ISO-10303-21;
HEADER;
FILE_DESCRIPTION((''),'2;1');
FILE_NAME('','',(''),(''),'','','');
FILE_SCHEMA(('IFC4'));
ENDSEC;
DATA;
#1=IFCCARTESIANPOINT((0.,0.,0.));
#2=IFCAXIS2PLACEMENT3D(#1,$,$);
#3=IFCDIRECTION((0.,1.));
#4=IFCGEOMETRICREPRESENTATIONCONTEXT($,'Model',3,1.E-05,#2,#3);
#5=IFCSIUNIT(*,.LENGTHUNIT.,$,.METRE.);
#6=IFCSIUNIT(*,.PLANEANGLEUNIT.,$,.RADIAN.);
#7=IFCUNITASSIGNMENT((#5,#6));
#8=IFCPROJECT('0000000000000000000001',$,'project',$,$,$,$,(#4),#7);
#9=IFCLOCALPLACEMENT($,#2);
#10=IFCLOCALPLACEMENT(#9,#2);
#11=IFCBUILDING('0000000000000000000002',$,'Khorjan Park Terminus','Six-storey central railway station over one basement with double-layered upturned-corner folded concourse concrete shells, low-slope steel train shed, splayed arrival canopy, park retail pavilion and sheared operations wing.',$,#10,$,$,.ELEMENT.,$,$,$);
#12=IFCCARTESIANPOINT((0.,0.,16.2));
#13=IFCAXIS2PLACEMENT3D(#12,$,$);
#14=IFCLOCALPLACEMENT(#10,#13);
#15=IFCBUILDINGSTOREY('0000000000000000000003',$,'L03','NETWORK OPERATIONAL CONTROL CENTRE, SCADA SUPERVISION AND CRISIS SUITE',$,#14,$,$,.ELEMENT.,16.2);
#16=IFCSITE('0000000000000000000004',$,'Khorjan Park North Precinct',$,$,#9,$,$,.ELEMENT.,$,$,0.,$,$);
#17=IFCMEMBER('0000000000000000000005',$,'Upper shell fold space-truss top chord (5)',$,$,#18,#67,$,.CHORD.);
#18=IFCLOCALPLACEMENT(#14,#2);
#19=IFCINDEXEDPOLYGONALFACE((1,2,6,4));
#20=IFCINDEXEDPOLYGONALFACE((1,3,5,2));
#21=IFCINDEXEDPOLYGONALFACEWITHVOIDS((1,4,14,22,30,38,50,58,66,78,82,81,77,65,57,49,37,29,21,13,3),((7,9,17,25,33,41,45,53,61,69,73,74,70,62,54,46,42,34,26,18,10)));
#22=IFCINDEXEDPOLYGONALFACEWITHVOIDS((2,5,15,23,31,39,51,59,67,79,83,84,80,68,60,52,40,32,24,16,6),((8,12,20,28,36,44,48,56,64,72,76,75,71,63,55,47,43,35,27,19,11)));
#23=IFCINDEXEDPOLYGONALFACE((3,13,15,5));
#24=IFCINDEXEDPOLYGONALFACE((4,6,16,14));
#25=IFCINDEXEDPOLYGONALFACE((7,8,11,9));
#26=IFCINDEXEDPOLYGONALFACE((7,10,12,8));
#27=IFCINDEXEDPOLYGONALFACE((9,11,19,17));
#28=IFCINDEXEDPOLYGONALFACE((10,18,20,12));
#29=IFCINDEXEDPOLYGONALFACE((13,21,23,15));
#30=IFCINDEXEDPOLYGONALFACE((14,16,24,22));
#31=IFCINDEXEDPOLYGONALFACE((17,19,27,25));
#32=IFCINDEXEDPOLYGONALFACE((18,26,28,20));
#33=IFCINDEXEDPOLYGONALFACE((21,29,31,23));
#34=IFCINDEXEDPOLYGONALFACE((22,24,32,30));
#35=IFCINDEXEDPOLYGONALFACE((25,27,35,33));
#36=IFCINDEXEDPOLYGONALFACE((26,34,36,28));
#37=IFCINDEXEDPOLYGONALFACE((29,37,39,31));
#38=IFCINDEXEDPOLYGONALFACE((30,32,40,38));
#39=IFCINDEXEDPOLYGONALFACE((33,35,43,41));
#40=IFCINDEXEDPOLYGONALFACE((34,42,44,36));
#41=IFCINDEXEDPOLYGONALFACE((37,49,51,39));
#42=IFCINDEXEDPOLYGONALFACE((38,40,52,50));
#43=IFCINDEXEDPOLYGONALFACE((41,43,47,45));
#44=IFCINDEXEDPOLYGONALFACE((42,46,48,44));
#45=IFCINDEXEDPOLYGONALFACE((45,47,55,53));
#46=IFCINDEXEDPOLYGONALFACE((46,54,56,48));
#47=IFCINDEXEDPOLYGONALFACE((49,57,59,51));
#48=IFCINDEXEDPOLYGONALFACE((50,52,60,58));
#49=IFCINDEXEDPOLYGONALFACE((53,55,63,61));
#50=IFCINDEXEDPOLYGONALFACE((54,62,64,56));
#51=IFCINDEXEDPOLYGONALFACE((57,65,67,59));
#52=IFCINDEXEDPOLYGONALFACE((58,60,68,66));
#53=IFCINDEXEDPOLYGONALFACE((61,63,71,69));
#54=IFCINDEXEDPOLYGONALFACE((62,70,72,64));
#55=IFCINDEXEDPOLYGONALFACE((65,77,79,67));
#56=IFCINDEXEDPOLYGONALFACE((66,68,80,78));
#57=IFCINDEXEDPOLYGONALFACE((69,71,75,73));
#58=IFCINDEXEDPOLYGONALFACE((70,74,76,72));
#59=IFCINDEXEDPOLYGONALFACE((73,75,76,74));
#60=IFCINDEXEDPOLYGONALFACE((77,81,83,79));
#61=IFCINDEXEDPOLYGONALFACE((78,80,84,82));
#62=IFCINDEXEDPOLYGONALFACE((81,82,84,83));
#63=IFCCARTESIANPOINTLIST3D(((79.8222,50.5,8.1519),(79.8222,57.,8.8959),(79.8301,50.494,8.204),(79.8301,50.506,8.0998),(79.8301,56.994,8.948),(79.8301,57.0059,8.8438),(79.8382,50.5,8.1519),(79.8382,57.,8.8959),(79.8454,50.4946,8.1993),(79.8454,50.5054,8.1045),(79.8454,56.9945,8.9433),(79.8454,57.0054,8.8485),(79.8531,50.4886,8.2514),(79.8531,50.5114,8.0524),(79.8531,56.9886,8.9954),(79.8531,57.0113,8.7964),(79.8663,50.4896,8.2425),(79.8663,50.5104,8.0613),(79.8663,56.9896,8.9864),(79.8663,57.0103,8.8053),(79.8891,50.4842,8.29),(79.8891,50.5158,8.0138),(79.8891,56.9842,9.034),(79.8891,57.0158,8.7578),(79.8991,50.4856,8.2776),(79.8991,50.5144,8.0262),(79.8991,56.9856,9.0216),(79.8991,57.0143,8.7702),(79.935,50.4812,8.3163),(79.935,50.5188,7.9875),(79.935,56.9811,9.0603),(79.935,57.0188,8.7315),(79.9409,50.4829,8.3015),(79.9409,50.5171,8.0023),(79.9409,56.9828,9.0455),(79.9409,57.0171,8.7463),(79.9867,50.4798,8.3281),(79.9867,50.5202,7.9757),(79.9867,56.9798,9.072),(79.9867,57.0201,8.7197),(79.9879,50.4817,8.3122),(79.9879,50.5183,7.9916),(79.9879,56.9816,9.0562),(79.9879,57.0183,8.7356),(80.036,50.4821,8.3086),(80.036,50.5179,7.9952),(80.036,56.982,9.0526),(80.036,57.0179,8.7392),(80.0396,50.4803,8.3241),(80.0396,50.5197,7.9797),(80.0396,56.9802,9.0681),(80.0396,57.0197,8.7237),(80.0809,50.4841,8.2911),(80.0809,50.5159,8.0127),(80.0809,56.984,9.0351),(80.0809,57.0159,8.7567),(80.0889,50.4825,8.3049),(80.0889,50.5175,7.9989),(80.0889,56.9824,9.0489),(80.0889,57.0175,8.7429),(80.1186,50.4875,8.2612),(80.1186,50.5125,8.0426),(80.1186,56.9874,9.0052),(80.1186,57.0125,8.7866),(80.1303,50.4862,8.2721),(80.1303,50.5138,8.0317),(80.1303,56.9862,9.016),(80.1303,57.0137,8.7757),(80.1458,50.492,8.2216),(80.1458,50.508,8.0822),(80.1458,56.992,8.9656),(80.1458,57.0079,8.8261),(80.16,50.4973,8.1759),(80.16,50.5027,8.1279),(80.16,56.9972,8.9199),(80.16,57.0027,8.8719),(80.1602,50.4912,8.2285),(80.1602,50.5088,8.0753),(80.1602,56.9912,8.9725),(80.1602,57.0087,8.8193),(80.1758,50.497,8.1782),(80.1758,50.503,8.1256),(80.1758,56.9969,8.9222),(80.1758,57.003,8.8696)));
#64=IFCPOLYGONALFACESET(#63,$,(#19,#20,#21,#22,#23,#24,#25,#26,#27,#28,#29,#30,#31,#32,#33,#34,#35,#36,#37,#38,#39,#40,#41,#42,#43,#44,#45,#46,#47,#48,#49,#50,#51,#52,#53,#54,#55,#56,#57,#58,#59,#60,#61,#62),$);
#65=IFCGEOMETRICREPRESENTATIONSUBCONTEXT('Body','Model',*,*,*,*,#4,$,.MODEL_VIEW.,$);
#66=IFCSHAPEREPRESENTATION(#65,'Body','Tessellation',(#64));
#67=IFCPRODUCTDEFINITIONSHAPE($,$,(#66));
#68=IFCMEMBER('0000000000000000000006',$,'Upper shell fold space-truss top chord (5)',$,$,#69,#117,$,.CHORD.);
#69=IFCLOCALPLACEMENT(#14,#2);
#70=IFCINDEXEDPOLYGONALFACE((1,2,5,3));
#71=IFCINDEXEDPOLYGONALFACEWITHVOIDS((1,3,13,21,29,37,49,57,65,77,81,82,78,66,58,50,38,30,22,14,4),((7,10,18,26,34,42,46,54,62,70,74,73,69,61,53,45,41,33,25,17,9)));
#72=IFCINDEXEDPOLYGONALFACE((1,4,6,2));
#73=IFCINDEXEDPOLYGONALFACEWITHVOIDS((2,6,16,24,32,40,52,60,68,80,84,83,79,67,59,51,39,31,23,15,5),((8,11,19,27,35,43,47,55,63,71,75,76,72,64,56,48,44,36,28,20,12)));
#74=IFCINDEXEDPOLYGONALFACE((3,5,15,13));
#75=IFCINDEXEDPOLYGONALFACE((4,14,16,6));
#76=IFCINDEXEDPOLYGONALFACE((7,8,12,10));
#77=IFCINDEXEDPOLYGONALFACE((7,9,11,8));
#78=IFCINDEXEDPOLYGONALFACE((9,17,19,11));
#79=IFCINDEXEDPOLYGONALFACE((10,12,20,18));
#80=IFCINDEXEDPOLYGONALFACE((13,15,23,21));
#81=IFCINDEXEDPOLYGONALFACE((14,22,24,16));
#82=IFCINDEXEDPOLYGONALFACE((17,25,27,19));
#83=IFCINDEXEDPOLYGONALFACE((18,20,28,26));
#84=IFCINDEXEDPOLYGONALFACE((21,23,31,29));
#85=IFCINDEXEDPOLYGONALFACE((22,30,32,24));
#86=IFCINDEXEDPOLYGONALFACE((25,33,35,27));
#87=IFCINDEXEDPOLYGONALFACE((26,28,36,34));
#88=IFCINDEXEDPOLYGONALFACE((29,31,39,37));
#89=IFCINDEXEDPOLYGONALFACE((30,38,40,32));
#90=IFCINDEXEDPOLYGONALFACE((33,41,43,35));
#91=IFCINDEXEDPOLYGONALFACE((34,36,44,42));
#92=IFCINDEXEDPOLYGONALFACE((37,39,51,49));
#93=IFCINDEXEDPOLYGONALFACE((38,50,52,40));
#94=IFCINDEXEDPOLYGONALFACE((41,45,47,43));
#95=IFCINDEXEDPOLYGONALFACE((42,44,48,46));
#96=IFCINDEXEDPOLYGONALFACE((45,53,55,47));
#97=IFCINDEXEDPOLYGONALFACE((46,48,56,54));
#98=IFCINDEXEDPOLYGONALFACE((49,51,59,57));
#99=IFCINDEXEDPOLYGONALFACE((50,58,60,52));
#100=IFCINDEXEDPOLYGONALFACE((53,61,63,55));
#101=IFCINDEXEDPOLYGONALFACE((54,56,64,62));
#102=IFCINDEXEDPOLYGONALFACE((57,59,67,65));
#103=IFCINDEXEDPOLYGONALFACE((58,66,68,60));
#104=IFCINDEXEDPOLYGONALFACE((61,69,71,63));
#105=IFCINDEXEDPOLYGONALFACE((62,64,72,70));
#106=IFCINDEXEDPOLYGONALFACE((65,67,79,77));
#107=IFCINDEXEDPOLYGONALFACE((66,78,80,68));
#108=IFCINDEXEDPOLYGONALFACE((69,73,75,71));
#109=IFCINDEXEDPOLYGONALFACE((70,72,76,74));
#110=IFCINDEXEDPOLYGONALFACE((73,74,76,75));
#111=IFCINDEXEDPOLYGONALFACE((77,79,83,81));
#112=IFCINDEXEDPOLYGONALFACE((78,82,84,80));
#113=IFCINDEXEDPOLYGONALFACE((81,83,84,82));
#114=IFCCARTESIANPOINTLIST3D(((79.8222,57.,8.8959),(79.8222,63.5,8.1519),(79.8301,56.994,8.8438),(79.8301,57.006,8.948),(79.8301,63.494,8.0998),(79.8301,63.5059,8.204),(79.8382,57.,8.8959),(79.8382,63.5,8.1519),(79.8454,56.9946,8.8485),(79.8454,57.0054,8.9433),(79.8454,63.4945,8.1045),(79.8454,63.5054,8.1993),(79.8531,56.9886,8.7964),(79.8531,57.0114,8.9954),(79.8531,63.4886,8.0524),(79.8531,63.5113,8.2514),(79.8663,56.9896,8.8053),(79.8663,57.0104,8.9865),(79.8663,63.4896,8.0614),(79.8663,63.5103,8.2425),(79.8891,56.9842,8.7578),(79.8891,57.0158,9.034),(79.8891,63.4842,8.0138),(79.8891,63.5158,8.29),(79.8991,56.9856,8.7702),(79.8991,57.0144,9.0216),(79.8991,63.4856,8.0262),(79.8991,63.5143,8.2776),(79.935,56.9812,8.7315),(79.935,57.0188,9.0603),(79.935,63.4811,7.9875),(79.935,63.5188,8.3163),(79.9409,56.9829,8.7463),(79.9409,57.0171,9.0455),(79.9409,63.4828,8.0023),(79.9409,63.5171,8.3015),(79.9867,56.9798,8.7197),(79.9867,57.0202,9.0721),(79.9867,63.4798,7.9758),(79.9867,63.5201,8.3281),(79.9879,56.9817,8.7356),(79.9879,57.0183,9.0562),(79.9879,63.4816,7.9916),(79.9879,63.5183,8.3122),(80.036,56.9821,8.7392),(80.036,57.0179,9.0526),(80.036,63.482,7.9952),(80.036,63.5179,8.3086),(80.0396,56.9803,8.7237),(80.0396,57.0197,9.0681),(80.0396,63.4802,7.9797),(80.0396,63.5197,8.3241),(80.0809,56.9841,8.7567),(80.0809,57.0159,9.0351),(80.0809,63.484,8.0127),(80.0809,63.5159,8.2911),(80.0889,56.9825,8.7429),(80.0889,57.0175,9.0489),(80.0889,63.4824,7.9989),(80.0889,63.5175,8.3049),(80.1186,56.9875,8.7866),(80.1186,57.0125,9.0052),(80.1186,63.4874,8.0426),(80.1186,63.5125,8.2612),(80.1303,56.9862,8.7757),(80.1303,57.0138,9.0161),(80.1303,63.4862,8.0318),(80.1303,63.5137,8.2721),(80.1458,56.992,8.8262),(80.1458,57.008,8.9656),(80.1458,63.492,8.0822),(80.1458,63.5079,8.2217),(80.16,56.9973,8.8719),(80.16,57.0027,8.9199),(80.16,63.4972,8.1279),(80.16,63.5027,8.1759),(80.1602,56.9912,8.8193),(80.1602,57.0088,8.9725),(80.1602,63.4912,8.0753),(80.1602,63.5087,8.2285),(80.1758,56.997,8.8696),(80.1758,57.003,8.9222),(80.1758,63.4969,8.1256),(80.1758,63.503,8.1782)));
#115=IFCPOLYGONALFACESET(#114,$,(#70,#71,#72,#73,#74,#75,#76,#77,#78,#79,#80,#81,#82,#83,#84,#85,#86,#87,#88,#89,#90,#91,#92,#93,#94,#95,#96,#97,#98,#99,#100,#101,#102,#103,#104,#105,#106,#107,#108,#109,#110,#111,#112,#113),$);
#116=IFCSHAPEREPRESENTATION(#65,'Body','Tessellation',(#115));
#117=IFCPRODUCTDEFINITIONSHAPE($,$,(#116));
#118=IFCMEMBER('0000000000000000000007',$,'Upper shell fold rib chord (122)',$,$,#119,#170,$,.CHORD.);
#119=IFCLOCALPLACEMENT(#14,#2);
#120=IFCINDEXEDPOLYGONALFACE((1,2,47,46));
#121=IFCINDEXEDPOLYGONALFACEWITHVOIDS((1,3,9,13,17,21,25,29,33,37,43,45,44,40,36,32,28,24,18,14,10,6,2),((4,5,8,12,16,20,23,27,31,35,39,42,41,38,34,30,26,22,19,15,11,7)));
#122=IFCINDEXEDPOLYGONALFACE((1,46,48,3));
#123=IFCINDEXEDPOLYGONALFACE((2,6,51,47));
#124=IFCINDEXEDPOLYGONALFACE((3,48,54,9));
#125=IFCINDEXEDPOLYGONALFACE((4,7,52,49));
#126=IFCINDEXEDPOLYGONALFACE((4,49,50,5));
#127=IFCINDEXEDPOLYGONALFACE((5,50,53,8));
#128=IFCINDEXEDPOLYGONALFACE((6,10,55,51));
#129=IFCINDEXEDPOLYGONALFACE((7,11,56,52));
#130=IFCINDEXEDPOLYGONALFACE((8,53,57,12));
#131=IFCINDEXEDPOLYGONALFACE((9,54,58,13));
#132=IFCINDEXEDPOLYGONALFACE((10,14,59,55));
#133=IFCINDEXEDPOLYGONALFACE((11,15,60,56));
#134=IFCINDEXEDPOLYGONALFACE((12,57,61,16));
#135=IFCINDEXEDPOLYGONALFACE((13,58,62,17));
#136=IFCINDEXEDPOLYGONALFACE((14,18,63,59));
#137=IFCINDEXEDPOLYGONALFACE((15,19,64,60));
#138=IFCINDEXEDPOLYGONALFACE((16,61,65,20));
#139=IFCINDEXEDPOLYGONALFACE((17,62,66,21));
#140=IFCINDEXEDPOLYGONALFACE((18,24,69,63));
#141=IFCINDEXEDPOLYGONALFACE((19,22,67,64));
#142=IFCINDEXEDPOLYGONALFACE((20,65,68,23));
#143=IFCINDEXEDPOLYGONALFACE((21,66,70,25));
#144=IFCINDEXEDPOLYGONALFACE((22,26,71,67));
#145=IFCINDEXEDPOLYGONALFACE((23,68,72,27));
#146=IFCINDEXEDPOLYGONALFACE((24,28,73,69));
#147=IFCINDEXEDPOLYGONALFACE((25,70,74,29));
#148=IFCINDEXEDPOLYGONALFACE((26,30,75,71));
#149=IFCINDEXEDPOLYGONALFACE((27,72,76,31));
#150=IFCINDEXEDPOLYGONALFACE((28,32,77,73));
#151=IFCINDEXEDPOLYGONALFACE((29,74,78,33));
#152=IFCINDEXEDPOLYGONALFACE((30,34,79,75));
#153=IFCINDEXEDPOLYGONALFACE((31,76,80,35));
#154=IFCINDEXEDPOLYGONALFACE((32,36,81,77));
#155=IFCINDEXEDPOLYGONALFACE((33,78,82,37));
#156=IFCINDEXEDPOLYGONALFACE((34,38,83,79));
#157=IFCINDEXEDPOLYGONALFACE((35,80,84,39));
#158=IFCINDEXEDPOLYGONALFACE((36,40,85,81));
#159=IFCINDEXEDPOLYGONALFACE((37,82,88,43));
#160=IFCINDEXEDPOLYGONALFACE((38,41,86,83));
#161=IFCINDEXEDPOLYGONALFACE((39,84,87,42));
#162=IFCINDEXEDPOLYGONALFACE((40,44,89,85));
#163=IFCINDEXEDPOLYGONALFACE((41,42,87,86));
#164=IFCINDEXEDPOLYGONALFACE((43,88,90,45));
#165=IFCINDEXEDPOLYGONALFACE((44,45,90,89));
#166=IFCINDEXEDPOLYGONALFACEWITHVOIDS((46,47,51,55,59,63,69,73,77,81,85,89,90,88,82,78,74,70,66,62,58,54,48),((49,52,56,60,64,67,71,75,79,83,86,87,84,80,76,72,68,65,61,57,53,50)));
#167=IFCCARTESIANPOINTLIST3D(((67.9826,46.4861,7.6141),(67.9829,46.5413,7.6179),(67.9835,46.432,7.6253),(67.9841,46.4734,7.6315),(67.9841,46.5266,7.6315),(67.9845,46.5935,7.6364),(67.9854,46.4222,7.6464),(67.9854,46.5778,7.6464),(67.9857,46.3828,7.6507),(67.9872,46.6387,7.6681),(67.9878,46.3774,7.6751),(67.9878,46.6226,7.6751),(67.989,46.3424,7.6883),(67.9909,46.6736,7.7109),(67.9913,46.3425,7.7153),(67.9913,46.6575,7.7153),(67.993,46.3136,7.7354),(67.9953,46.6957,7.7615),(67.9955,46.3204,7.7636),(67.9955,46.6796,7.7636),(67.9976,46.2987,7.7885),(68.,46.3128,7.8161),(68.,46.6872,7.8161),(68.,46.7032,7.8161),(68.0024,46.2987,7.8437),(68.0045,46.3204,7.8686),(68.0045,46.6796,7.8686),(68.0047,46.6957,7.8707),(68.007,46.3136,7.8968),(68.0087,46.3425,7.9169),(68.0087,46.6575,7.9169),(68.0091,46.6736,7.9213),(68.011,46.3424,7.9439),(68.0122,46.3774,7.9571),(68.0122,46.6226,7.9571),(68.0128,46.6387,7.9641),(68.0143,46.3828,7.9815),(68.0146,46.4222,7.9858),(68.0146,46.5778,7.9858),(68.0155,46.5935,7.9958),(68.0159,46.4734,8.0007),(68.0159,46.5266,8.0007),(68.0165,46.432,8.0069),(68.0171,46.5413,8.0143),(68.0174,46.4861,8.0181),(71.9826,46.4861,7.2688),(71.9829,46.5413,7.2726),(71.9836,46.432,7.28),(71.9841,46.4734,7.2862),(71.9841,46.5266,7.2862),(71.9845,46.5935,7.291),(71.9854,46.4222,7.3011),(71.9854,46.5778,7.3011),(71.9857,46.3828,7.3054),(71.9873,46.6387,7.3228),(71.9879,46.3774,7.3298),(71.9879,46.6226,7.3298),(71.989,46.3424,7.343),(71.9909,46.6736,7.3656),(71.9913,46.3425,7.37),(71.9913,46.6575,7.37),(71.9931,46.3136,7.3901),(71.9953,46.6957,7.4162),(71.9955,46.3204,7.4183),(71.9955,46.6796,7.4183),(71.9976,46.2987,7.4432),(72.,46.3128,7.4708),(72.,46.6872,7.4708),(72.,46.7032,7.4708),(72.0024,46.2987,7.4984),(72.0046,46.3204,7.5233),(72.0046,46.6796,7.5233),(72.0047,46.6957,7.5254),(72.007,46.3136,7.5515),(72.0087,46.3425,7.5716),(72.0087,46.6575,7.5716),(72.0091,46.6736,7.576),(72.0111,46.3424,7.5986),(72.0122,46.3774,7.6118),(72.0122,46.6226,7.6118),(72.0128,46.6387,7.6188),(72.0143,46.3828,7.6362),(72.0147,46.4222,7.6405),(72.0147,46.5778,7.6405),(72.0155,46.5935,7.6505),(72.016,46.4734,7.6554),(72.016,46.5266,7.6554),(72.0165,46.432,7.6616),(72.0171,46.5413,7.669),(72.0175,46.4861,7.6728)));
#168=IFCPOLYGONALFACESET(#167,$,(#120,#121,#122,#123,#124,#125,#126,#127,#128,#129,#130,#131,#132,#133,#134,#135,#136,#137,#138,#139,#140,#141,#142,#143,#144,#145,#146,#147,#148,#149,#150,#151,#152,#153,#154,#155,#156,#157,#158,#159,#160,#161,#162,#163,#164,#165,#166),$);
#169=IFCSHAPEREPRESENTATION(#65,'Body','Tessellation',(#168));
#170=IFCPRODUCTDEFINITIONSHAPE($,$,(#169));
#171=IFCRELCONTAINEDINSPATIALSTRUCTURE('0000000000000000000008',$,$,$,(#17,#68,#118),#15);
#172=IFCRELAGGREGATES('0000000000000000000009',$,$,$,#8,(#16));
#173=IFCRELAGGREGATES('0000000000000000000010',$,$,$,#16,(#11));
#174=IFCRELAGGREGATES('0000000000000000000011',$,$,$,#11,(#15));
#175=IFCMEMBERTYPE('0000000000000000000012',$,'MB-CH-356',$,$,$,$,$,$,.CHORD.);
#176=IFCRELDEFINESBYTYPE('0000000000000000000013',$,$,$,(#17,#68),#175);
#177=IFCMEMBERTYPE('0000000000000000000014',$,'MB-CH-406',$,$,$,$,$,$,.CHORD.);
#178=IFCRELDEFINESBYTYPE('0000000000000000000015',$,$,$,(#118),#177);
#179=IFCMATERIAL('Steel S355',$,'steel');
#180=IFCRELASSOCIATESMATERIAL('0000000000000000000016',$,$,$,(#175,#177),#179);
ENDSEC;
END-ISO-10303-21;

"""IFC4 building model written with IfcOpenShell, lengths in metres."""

from ifc_helpers import new_model, si_unit, direction, frame, origin, origin_2d, place, context, subcontext, project, spatial, hollow_circle, extrude, material, material_profile, profile_set, type_object, element, save


model = new_model("IFC4")

# Units and contexts
model_context = context("Model", 3, precision=1e-05, world=origin(), true_north=direction((0.0, 1.0)))
body_context = subcontext(model_context, "Body", "Model", "MODEL_VIEW")
ifc_project = project(units=[si_unit("LENGTHUNIT", "METRE"), si_unit("PLANEANGLEUNIT", "RADIAN")], contexts=[model_context])

# Site, building, storey
site_placement = place(None, origin())
site = spatial("IfcSite", under=ifc_project, at=site_placement, Name="Khorjan Park North Precinct", CompositionType="ELEMENT", RefElevation=0.0)
building_placement = place(site_placement, origin())
building = spatial("IfcBuilding", under=site, at=building_placement, Name="Khorjan Park Terminus", Description="Six-storey central railway station over one basement with double-layered upturned-corner folded concourse concrete shells, low-slope steel train shed, splayed arrival canopy, park retail pavilion and sheared operations wing.", CompositionType="ELEMENT")
storey_placement = place(building_placement, frame((0.0, 0.0, 16.2)))
storey = spatial("IfcBuildingStorey", under=building, at=storey_placement, Name="L03", Description="NETWORK OPERATIONAL CONTROL CENTRE, SCADA SUPERVISION AND CRISIS SUITE", CompositionType="ELEMENT", Elevation=16.2)

# Members
ifc_material = material(Name="Steel S355", Category="steel")
ifc_material_profile_1 = material_profile(ifc_material, hollow_circle(Radius=0.1778, WallThickness=0.016, at=origin_2d()), Name="CHS 355.6x16")
ifc_profile_set_1 = profile_set([ifc_material_profile_1], Name="Steel S355")
member_type_1 = type_object("IfcMemberType", Name="MB-CH-356", PredefinedType="CHORD", material=ifc_profile_set_1)
for number, where, z_axis, x_axis, name in (
    (1, (80.0, 50.5, 8.1519), (0.0, 0.993513, 0.113719), (-1.0, 0.0, 0.0), "Upper shell fold space-truss top chord (5)"),
    (2, (80.0, 57.0, 8.8959), (0.0, 0.993513, -0.113719), (-1.0, 0.0, 0.0), "Upper shell fold space-truss top chord (5)"),
):
    element("IfcMember", number, at=place(storey_placement, frame(where, z_axis=z_axis, x_axis=x_axis)), inside=storey, type_object=member_type_1, Name=name, PredefinedType="CHORD", context=body_context, shape_type="SweptSolid", body=[
        extrude(hollow_circle(Radius=0.1778, WallThickness=0.016, at=origin_2d()), origin(), (0.0, 0.0, 1.0), 6.5424),
    ])
ifc_material_profile_2 = material_profile(ifc_material, hollow_circle(Radius=0.2032, WallThickness=0.016, at=origin_2d()), Name="CHS 406.4x16")
ifc_profile_set_2 = profile_set([ifc_material_profile_2], Name="Steel S355")
member_type_2 = type_object("IfcMemberType", Name="MB-CH-406", PredefinedType="CHORD", material=ifc_profile_set_2)
member_1_placement = place(storey_placement, frame((68.0, 46.5, 7.8161), z_axis=(0.996295, 0.0, -0.086005), x_axis=(0.0, 1.0, 0.0)))
element("IfcMember", 3, at=member_1_placement, inside=storey, type_object=member_type_2, Name="Upper shell fold rib chord (122)", PredefinedType="CHORD", context=body_context, shape_type="SweptSolid", body=[
    extrude(hollow_circle(Radius=0.2032, WallThickness=0.016, at=origin_2d()), origin(), (0.0, 0.0, 1.0), 4.0149),
])

save(model, "model.ifc")
